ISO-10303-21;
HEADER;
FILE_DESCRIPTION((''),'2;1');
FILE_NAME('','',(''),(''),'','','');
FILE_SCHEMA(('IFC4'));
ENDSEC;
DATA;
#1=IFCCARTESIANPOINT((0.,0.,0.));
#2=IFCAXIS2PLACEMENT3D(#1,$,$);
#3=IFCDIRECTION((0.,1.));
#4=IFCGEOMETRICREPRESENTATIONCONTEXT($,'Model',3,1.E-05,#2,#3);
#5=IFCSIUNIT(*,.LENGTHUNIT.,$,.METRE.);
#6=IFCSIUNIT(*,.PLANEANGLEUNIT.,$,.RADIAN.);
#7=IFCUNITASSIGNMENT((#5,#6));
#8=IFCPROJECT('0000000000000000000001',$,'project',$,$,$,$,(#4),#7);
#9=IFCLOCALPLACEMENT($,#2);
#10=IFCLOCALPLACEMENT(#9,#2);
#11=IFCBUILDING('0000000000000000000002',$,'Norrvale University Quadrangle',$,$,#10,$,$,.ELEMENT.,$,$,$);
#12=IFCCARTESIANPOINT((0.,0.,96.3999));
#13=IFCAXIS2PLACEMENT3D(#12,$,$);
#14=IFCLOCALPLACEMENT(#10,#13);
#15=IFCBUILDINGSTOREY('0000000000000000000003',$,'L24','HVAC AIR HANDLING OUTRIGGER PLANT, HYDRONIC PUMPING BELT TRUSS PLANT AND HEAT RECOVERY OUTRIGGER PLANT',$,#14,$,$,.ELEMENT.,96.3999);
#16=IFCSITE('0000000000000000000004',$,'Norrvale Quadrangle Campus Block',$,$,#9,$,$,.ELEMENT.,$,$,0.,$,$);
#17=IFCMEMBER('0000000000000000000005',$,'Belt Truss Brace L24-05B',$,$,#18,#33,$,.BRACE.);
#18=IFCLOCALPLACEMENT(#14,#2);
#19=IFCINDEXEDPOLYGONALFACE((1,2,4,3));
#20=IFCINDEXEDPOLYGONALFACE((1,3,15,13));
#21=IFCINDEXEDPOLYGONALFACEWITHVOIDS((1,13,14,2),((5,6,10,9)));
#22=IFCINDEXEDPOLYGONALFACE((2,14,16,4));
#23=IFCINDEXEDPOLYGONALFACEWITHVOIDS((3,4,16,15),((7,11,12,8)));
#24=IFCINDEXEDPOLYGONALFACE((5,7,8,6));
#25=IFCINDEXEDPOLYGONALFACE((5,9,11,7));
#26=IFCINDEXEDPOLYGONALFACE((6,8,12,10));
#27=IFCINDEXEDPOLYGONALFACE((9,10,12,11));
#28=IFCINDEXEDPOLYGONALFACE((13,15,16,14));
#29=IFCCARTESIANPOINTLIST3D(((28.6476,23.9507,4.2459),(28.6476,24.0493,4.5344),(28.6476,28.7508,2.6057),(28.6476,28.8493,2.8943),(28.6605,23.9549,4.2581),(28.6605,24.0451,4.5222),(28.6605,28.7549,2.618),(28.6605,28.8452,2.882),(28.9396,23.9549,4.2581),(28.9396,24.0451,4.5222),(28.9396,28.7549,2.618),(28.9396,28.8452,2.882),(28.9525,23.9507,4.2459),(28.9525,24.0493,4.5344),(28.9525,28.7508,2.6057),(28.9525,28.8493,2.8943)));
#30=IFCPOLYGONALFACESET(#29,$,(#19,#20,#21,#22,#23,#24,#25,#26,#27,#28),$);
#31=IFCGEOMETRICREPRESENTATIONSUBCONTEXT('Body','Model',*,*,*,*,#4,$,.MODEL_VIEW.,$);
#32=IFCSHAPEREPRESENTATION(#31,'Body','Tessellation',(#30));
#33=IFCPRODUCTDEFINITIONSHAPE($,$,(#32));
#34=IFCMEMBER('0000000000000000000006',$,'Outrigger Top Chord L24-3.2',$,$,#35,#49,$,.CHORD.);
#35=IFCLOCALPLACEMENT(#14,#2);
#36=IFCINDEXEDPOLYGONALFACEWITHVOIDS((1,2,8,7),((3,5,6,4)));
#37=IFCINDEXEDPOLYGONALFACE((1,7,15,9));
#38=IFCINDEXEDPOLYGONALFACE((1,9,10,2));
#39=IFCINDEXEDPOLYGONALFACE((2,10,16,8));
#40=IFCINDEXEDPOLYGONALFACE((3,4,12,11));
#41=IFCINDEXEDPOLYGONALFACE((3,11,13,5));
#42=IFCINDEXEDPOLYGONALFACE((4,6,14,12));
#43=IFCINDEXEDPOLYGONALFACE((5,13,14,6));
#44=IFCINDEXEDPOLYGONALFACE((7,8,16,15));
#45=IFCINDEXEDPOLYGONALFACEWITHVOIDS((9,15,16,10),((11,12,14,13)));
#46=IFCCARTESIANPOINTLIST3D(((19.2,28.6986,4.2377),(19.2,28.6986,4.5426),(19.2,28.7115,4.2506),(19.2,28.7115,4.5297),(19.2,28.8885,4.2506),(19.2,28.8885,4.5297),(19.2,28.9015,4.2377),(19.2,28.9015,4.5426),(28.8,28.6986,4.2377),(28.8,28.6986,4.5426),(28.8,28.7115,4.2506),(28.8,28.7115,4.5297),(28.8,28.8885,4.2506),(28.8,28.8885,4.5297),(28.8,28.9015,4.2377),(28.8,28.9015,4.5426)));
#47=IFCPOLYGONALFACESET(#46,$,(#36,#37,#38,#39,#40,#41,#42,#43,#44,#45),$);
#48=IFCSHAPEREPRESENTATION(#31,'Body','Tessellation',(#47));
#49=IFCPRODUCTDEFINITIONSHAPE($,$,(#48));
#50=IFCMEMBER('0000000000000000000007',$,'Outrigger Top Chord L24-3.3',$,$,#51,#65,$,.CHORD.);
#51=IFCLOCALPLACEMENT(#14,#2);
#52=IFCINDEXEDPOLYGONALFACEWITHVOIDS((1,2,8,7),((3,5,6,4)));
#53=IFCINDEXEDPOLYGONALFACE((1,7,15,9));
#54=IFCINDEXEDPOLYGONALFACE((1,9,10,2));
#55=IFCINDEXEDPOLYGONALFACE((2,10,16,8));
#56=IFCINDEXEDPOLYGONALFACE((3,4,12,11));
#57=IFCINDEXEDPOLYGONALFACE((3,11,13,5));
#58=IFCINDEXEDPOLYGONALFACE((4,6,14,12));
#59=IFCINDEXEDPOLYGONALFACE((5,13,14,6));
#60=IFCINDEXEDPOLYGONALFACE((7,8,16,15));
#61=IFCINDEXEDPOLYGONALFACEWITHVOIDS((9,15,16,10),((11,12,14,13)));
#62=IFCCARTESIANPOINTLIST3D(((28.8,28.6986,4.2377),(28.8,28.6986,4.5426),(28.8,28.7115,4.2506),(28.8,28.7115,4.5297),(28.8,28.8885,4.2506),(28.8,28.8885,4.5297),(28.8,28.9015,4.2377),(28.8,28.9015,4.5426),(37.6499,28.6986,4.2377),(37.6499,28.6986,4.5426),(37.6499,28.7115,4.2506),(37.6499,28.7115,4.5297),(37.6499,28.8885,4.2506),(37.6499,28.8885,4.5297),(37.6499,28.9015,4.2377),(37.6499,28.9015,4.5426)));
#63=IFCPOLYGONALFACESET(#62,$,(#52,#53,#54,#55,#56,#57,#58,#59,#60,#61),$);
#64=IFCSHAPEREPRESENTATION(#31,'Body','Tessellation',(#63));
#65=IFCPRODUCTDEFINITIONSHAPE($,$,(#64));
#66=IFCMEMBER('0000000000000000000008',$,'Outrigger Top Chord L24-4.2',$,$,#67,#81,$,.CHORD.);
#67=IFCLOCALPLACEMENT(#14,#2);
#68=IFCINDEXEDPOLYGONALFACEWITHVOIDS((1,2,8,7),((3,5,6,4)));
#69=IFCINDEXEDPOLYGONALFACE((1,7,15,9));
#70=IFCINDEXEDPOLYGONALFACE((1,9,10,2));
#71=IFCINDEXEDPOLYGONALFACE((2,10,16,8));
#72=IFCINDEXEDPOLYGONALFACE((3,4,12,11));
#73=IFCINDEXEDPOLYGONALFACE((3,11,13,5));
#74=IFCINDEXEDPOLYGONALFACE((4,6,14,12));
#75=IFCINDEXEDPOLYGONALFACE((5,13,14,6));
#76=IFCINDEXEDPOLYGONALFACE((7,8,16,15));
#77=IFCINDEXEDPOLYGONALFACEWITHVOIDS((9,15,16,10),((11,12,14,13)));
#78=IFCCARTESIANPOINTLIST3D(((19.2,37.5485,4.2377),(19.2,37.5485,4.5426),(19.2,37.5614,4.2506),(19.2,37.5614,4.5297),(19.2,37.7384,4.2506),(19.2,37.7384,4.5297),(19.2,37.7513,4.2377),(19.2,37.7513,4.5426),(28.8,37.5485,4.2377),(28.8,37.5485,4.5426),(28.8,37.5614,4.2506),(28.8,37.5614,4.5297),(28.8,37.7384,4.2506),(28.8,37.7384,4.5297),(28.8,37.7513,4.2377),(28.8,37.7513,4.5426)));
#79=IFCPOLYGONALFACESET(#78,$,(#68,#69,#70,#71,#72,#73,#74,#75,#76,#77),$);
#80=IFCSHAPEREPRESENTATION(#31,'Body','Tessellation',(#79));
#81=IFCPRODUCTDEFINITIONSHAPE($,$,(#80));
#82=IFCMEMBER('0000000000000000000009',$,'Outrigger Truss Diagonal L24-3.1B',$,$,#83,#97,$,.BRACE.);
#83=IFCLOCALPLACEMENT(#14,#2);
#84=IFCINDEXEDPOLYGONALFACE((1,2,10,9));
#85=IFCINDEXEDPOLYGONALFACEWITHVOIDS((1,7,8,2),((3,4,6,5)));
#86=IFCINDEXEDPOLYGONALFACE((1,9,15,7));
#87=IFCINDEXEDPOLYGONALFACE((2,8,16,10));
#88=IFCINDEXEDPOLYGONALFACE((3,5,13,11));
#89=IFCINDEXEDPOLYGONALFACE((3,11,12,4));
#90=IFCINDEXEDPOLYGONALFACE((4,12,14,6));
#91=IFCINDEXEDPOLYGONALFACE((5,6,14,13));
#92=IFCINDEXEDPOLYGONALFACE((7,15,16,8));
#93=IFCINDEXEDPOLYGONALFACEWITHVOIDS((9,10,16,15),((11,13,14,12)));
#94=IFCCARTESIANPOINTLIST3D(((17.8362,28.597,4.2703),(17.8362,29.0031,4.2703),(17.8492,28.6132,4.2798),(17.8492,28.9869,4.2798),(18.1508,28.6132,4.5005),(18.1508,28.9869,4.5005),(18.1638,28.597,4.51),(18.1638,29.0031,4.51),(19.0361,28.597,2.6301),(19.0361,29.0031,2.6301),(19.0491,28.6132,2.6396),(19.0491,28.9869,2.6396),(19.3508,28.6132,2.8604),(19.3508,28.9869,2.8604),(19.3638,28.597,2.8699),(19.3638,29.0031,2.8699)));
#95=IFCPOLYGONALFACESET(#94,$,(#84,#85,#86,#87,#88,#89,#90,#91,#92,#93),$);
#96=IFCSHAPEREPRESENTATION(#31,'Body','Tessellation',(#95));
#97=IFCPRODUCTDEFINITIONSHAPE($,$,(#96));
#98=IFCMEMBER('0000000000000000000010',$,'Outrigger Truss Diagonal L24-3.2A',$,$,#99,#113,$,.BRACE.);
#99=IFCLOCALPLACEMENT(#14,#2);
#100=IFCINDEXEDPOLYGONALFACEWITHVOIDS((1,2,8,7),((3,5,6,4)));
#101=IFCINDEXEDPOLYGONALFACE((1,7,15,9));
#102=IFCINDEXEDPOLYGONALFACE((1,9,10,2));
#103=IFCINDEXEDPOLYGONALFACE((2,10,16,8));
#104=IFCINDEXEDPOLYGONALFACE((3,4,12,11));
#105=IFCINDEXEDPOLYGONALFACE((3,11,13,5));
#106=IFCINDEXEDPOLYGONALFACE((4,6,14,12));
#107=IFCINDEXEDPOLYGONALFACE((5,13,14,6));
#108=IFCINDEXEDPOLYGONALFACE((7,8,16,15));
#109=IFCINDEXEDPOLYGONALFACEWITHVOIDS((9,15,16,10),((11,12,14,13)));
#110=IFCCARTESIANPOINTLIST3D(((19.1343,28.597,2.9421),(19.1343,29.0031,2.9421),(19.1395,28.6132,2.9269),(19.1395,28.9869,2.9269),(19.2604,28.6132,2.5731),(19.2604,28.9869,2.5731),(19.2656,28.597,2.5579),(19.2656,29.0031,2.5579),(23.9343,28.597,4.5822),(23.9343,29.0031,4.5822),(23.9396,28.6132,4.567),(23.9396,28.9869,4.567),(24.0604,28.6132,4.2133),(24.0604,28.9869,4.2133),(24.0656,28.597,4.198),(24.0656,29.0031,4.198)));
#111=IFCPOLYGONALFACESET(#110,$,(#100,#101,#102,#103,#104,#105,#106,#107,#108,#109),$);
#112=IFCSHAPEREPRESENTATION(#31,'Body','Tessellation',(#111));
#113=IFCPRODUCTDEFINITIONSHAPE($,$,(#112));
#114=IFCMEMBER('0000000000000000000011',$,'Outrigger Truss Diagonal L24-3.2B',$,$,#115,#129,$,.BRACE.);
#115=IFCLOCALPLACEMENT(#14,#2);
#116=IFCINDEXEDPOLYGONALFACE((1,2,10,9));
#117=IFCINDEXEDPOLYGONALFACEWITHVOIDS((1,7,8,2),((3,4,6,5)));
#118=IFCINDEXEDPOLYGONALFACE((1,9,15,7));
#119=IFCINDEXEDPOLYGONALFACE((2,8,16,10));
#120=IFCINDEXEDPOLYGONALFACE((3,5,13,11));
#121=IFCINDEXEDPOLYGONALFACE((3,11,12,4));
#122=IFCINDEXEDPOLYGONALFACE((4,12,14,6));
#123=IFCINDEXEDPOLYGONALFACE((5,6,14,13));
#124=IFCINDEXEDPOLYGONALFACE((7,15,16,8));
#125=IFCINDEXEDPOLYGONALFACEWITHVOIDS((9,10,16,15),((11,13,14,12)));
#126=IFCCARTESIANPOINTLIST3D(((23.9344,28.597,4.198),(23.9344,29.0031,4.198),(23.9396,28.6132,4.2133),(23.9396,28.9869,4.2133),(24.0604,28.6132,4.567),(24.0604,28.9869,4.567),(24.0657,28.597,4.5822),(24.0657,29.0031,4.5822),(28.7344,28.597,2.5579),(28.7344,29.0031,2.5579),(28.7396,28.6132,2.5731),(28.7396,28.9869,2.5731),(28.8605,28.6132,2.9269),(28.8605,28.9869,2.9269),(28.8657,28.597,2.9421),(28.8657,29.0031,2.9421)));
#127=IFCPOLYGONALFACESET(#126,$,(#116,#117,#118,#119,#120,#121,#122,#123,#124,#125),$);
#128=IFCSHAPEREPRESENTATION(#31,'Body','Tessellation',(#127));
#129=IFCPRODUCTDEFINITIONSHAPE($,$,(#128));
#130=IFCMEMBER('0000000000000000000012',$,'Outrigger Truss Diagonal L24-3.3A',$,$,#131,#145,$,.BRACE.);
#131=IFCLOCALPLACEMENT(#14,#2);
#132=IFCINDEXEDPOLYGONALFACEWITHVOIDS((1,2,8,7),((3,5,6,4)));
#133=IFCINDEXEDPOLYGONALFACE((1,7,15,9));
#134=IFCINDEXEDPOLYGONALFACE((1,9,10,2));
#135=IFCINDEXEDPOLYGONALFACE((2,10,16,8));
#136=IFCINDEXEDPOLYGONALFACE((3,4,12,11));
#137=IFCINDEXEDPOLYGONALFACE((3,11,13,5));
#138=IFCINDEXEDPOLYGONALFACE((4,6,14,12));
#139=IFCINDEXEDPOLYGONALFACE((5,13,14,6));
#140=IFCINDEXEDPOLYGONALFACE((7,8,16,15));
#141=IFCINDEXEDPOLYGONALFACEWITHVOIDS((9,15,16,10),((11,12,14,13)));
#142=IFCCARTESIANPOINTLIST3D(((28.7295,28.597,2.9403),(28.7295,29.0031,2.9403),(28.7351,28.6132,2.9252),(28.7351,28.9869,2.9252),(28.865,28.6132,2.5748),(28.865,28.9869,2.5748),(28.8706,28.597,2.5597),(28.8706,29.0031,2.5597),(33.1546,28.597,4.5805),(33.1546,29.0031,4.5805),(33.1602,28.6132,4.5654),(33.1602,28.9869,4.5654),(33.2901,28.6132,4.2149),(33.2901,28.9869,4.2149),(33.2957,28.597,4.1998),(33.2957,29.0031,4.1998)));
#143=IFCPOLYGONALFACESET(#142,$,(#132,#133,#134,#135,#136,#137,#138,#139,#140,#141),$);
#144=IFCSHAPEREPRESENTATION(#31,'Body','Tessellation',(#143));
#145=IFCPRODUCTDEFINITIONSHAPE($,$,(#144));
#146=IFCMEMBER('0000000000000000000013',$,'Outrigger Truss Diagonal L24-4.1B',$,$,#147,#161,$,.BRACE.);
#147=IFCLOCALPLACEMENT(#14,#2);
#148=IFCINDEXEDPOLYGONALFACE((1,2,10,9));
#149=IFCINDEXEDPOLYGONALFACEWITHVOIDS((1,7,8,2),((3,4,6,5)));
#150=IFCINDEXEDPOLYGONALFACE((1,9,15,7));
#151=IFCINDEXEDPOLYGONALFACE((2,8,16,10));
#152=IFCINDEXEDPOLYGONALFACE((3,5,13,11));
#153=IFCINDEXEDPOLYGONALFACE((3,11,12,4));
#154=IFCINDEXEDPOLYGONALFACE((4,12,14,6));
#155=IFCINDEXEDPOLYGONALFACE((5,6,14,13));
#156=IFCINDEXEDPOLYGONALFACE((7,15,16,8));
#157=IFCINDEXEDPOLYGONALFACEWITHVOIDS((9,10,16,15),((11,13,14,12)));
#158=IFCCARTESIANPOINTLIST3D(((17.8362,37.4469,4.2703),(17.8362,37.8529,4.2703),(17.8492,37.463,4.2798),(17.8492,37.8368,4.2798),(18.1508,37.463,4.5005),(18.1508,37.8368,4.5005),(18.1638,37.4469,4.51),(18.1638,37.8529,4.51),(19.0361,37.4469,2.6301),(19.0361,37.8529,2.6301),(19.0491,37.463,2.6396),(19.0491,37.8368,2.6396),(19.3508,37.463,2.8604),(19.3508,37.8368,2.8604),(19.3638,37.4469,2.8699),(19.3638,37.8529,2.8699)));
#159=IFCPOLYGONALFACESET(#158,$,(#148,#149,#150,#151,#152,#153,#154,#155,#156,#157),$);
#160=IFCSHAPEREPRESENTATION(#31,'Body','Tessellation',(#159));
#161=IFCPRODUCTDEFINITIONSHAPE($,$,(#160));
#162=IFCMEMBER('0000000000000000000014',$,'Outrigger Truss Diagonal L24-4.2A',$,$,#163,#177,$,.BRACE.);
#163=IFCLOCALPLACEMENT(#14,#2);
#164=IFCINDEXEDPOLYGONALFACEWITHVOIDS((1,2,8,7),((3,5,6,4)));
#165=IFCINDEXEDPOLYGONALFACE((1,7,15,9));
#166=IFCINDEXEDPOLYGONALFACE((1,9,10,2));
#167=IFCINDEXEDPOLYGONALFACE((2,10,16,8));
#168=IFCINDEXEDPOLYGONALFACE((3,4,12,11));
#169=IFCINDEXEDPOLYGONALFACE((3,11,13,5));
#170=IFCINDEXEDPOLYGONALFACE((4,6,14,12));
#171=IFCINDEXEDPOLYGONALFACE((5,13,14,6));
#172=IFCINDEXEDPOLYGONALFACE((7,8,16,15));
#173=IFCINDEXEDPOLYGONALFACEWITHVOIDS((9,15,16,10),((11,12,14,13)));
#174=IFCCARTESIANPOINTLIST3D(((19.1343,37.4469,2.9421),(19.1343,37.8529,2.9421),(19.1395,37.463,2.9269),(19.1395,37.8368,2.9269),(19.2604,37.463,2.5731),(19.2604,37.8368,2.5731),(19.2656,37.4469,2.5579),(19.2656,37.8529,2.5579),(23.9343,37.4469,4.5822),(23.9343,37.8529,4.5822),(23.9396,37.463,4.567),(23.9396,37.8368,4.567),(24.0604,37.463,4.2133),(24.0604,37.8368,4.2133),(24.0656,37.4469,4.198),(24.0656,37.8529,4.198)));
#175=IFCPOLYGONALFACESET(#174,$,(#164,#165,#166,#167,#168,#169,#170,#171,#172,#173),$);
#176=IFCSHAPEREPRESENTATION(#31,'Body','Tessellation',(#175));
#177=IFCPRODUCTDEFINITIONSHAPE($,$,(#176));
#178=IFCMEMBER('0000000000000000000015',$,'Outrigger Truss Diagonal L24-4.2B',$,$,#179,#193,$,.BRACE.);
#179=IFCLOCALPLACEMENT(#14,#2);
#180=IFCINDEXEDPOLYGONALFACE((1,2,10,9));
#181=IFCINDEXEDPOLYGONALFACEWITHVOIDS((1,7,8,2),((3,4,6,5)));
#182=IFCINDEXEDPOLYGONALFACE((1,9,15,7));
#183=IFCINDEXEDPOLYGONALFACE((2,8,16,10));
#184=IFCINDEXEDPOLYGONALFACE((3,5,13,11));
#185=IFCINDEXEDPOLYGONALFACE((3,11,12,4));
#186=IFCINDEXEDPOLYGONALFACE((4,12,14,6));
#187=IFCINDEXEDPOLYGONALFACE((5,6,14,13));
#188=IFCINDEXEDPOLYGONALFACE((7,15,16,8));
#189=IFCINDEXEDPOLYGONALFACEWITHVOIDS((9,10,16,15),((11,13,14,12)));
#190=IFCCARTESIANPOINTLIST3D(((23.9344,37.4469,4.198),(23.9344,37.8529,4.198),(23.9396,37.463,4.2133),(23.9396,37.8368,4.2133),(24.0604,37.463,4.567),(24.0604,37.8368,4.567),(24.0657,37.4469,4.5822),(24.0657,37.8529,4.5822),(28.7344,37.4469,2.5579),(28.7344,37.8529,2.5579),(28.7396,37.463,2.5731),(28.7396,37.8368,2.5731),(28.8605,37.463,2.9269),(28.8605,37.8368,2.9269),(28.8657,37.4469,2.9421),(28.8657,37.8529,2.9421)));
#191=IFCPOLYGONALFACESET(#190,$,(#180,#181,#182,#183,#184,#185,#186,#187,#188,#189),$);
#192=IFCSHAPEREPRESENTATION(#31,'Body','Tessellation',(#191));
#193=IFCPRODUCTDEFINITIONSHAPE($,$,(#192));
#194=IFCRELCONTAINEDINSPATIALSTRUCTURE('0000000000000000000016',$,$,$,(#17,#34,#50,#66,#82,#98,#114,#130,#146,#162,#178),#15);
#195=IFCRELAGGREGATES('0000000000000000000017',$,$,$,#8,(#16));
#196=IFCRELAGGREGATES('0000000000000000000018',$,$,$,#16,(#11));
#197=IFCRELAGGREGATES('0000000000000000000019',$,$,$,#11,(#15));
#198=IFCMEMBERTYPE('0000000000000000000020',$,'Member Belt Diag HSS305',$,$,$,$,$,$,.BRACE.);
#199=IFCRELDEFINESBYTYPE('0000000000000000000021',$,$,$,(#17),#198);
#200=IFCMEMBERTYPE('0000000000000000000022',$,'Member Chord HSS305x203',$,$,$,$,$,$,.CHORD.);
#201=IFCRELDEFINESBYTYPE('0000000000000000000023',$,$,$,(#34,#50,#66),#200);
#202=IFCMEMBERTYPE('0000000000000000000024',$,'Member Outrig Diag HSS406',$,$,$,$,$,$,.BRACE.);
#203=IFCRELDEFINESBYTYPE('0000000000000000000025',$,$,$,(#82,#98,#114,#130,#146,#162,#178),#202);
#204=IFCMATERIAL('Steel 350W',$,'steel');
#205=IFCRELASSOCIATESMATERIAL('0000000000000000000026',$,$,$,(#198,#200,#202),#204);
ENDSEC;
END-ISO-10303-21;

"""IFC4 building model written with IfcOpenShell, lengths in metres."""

from ifc_helpers import new_model, si_unit, direction, frame, origin, origin_2d, place, context, subcontext, project, spatial, hollow_rectangle, extrude, material, material_profile, profile_set, type_object, element, save


model = new_model("IFC4")

# Units and contexts
model_context = context("Model", 3, precision=1e-05, world=origin(), true_north=direction((0.0, 1.0)))
body_context = subcontext(model_context, "Body", "Model", "MODEL_VIEW")
ifc_project = project(units=[si_unit("LENGTHUNIT", "METRE"), si_unit("PLANEANGLEUNIT", "RADIAN")], contexts=[model_context])

# Site, building, storey
site_placement = place(None, origin())
site = spatial("IfcSite", under=ifc_project, at=site_placement, Name="Norrvale Quadrangle Campus Block", CompositionType="ELEMENT", RefElevation=0.0)
building_placement = place(site_placement, origin())
building = spatial("IfcBuilding", under=site, at=building_placement, Name="Norrvale University Quadrangle", CompositionType="ELEMENT")
storey_placement = place(building_placement, frame((0.0, 0.0, 96.3999)))
storey = spatial("IfcBuildingStorey", under=building, at=storey_placement, Name="L24", Description="HVAC AIR HANDLING OUTRIGGER PLANT, HYDRONIC PUMPING BELT TRUSS PLANT AND HEAT RECOVERY OUTRIGGER PLANT", CompositionType="ELEMENT", Elevation=96.3999)

# Shared definitions
ifc_material_1 = material(Name="Steel 350W", Category="steel")

# Members
ifc_material_profile_1 = material_profile(ifc_material_1, hollow_rectangle(XDim=0.3049, YDim=0.3049, WallThickness=0.0129, at=origin_2d()), Name="Steel 350W")
ifc_profile_set_1 = profile_set([ifc_material_profile_1], Name="Steel 350W")
member_type_1 = type_object("IfcMemberType", Name="Member Belt Diag HSS305", PredefinedType="BRACE", material=ifc_profile_set_1)
member_1_placement = place(storey_placement, frame((28.8, 28.8, 2.75), z_axis=(0.0, -0.946284, 0.323337), x_axis=(1.0, 0.0, 0.0)))
element("IfcMember", 1, at=member_1_placement, inside=storey, type_object=member_type_1, Name="Belt Truss Brace L24-05B", PredefinedType="BRACE", context=body_context, shape_type="SweptSolid", body=[
    extrude(hollow_rectangle(XDim=0.3049, YDim=0.3049, WallThickness=0.0129, at=origin_2d()), origin(), (0.0, 0.0, 1.0), 5.0725),
])
ifc_material_profile_2 = material_profile(ifc_material_1, hollow_rectangle(XDim=0.2029, YDim=0.3049, WallThickness=0.0129, at=origin_2d()), Name="Steel 350W")
ifc_profile_set_2 = profile_set([ifc_material_profile_2], Name="Steel 350W")
member_type_2 = type_object("IfcMemberType", Name="Member Chord HSS305x203", PredefinedType="CHORD", material=ifc_profile_set_2)
member_2_placement = place(storey_placement, frame((19.2, 28.8, 4.3901), z_axis=(1.0, 0.0, 0.0), x_axis=(0.0, 1.0, 0.0)))
element("IfcMember", 2, at=member_2_placement, inside=storey, type_object=member_type_2, Name="Outrigger Top Chord L24-3.2", PredefinedType="CHORD", context=body_context, shape_type="SweptSolid", body=[
    extrude(hollow_rectangle(XDim=0.2029, YDim=0.3049, WallThickness=0.0129, at=origin_2d()), origin(), (0.0, 0.0, 1.0), 9.6001),
])
member_3_placement = place(storey_placement, frame((28.8, 28.8, 4.3901), z_axis=(1.0, 0.0, 0.0), x_axis=(0.0, 1.0, 0.0)))
element("IfcMember", 3, at=member_3_placement, inside=storey, type_object=member_type_2, Name="Outrigger Top Chord L24-3.3", PredefinedType="CHORD", context=body_context, shape_type="SweptSolid", body=[
    extrude(hollow_rectangle(XDim=0.2029, YDim=0.3049, WallThickness=0.0129, at=origin_2d()), origin(), (0.0, 0.0, 1.0), 8.8499),
])
member_4_placement = place(storey_placement, frame((19.2, 37.6499, 4.3901), z_axis=(1.0, 0.0, 0.0), x_axis=(0.0, 1.0, 0.0)))
element("IfcMember", 4, at=member_4_placement, inside=storey, type_object=member_type_2, Name="Outrigger Top Chord L24-4.2", PredefinedType="CHORD", context=body_context, shape_type="SweptSolid", body=[
    extrude(hollow_rectangle(XDim=0.2029, YDim=0.3049, WallThickness=0.0129, at=origin_2d()), origin(), (0.0, 0.0, 1.0), 9.6001),
])
ifc_material_profile_3 = material_profile(ifc_material_1, hollow_rectangle(XDim=0.406, YDim=0.406, WallThickness=0.0161, at=origin_2d()), Name="Steel 350W")
ifc_profile_set_3 = profile_set([ifc_material_profile_3], Name="Steel 350W")
member_type_3 = type_object("IfcMemberType", Name="Member Outrig Diag HSS406", PredefinedType="BRACE", material=ifc_profile_set_3)
member_5_placement = place(storey_placement, frame((19.2, 28.8, 2.75), z_axis=(-0.590462, 0.0, 0.807065), x_axis=(0.0, -1.0, 0.0)))
element("IfcMember", 5, at=member_5_placement, inside=storey, type_object=member_type_3, Name="Outrigger Truss Diagonal L24-3.1B", PredefinedType="BRACE", context=body_context, shape_type="SweptSolid", body=[
    extrude(hollow_rectangle(XDim=0.406, YDim=0.406, WallThickness=0.0161, at=origin_2d()), origin(), (0.0, 0.0, 1.0), 2.0322),
])
for number, where, z_axis, x_axis, name in (
    (6, (19.2, 28.8, 2.75), (0.946284, 0.0, 0.323337), (0.0, 1.0, 0.0), "Outrigger Truss Diagonal L24-3.2A"),
    (7, (28.8, 28.8, 2.75), (-0.946284, 0.0, 0.323337), (0.0, -1.0, 0.0), "Outrigger Truss Diagonal L24-3.2B"),
):
    element("IfcMember", number, at=place(storey_placement, frame(where, z_axis=z_axis, x_axis=x_axis)), inside=storey, type_object=member_type_3, Name=name, PredefinedType="BRACE", context=body_context, shape_type="SweptSolid", body=[
        extrude(hollow_rectangle(XDim=0.406, YDim=0.406, WallThickness=0.0161, at=origin_2d()), origin(), (0.0, 0.0, 1.0), 5.0725),
    ])
member_6_placement = place(storey_placement, frame((28.8, 28.8, 2.75), z_axis=(0.937664, 0.0, 0.347543), x_axis=(0.0, 1.0, 0.0)))
element("IfcMember", 8, at=member_6_placement, inside=storey, type_object=member_type_3, Name="Outrigger Truss Diagonal L24-3.3A", PredefinedType="BRACE", context=body_context, shape_type="SweptSolid", body=[
    extrude(hollow_rectangle(XDim=0.406, YDim=0.406, WallThickness=0.0161, at=origin_2d()), origin(), (0.0, 0.0, 1.0), 4.7192),
])
member_7_placement = place(storey_placement, frame((19.2, 37.6499, 2.75), z_axis=(-0.590462, 0.0, 0.807065), x_axis=(0.0, -1.0, 0.0)))
element("IfcMember", 9, at=member_7_placement, inside=storey, type_object=member_type_3, Name="Outrigger Truss Diagonal L24-4.1B", PredefinedType="BRACE", context=body_context, shape_type="SweptSolid", body=[
    extrude(hollow_rectangle(XDim=0.406, YDim=0.406, WallThickness=0.0161, at=origin_2d()), origin(), (0.0, 0.0, 1.0), 2.0322),
])
for number, where, z_axis, x_axis, name in (
    (10, (19.2, 37.6499, 2.75), (0.946284, 0.0, 0.323337), (0.0, 1.0, 0.0), "Outrigger Truss Diagonal L24-4.2A"),
    (11, (28.8, 37.6499, 2.75), (-0.946284, 0.0, 0.323337), (0.0, -1.0, 0.0), "Outrigger Truss Diagonal L24-4.2B"),
):
    element("IfcMember", number, at=place(storey_placement, frame(where, z_axis=z_axis, x_axis=x_axis)), inside=storey, type_object=member_type_3, Name=name, PredefinedType="BRACE", context=body_context, shape_type="SweptSolid", body=[
        extrude(hollow_rectangle(XDim=0.406, YDim=0.406, WallThickness=0.0161, at=origin_2d()), origin(), (0.0, 0.0, 1.0), 5.0725),
    ])

save(model, "model.ifc")
